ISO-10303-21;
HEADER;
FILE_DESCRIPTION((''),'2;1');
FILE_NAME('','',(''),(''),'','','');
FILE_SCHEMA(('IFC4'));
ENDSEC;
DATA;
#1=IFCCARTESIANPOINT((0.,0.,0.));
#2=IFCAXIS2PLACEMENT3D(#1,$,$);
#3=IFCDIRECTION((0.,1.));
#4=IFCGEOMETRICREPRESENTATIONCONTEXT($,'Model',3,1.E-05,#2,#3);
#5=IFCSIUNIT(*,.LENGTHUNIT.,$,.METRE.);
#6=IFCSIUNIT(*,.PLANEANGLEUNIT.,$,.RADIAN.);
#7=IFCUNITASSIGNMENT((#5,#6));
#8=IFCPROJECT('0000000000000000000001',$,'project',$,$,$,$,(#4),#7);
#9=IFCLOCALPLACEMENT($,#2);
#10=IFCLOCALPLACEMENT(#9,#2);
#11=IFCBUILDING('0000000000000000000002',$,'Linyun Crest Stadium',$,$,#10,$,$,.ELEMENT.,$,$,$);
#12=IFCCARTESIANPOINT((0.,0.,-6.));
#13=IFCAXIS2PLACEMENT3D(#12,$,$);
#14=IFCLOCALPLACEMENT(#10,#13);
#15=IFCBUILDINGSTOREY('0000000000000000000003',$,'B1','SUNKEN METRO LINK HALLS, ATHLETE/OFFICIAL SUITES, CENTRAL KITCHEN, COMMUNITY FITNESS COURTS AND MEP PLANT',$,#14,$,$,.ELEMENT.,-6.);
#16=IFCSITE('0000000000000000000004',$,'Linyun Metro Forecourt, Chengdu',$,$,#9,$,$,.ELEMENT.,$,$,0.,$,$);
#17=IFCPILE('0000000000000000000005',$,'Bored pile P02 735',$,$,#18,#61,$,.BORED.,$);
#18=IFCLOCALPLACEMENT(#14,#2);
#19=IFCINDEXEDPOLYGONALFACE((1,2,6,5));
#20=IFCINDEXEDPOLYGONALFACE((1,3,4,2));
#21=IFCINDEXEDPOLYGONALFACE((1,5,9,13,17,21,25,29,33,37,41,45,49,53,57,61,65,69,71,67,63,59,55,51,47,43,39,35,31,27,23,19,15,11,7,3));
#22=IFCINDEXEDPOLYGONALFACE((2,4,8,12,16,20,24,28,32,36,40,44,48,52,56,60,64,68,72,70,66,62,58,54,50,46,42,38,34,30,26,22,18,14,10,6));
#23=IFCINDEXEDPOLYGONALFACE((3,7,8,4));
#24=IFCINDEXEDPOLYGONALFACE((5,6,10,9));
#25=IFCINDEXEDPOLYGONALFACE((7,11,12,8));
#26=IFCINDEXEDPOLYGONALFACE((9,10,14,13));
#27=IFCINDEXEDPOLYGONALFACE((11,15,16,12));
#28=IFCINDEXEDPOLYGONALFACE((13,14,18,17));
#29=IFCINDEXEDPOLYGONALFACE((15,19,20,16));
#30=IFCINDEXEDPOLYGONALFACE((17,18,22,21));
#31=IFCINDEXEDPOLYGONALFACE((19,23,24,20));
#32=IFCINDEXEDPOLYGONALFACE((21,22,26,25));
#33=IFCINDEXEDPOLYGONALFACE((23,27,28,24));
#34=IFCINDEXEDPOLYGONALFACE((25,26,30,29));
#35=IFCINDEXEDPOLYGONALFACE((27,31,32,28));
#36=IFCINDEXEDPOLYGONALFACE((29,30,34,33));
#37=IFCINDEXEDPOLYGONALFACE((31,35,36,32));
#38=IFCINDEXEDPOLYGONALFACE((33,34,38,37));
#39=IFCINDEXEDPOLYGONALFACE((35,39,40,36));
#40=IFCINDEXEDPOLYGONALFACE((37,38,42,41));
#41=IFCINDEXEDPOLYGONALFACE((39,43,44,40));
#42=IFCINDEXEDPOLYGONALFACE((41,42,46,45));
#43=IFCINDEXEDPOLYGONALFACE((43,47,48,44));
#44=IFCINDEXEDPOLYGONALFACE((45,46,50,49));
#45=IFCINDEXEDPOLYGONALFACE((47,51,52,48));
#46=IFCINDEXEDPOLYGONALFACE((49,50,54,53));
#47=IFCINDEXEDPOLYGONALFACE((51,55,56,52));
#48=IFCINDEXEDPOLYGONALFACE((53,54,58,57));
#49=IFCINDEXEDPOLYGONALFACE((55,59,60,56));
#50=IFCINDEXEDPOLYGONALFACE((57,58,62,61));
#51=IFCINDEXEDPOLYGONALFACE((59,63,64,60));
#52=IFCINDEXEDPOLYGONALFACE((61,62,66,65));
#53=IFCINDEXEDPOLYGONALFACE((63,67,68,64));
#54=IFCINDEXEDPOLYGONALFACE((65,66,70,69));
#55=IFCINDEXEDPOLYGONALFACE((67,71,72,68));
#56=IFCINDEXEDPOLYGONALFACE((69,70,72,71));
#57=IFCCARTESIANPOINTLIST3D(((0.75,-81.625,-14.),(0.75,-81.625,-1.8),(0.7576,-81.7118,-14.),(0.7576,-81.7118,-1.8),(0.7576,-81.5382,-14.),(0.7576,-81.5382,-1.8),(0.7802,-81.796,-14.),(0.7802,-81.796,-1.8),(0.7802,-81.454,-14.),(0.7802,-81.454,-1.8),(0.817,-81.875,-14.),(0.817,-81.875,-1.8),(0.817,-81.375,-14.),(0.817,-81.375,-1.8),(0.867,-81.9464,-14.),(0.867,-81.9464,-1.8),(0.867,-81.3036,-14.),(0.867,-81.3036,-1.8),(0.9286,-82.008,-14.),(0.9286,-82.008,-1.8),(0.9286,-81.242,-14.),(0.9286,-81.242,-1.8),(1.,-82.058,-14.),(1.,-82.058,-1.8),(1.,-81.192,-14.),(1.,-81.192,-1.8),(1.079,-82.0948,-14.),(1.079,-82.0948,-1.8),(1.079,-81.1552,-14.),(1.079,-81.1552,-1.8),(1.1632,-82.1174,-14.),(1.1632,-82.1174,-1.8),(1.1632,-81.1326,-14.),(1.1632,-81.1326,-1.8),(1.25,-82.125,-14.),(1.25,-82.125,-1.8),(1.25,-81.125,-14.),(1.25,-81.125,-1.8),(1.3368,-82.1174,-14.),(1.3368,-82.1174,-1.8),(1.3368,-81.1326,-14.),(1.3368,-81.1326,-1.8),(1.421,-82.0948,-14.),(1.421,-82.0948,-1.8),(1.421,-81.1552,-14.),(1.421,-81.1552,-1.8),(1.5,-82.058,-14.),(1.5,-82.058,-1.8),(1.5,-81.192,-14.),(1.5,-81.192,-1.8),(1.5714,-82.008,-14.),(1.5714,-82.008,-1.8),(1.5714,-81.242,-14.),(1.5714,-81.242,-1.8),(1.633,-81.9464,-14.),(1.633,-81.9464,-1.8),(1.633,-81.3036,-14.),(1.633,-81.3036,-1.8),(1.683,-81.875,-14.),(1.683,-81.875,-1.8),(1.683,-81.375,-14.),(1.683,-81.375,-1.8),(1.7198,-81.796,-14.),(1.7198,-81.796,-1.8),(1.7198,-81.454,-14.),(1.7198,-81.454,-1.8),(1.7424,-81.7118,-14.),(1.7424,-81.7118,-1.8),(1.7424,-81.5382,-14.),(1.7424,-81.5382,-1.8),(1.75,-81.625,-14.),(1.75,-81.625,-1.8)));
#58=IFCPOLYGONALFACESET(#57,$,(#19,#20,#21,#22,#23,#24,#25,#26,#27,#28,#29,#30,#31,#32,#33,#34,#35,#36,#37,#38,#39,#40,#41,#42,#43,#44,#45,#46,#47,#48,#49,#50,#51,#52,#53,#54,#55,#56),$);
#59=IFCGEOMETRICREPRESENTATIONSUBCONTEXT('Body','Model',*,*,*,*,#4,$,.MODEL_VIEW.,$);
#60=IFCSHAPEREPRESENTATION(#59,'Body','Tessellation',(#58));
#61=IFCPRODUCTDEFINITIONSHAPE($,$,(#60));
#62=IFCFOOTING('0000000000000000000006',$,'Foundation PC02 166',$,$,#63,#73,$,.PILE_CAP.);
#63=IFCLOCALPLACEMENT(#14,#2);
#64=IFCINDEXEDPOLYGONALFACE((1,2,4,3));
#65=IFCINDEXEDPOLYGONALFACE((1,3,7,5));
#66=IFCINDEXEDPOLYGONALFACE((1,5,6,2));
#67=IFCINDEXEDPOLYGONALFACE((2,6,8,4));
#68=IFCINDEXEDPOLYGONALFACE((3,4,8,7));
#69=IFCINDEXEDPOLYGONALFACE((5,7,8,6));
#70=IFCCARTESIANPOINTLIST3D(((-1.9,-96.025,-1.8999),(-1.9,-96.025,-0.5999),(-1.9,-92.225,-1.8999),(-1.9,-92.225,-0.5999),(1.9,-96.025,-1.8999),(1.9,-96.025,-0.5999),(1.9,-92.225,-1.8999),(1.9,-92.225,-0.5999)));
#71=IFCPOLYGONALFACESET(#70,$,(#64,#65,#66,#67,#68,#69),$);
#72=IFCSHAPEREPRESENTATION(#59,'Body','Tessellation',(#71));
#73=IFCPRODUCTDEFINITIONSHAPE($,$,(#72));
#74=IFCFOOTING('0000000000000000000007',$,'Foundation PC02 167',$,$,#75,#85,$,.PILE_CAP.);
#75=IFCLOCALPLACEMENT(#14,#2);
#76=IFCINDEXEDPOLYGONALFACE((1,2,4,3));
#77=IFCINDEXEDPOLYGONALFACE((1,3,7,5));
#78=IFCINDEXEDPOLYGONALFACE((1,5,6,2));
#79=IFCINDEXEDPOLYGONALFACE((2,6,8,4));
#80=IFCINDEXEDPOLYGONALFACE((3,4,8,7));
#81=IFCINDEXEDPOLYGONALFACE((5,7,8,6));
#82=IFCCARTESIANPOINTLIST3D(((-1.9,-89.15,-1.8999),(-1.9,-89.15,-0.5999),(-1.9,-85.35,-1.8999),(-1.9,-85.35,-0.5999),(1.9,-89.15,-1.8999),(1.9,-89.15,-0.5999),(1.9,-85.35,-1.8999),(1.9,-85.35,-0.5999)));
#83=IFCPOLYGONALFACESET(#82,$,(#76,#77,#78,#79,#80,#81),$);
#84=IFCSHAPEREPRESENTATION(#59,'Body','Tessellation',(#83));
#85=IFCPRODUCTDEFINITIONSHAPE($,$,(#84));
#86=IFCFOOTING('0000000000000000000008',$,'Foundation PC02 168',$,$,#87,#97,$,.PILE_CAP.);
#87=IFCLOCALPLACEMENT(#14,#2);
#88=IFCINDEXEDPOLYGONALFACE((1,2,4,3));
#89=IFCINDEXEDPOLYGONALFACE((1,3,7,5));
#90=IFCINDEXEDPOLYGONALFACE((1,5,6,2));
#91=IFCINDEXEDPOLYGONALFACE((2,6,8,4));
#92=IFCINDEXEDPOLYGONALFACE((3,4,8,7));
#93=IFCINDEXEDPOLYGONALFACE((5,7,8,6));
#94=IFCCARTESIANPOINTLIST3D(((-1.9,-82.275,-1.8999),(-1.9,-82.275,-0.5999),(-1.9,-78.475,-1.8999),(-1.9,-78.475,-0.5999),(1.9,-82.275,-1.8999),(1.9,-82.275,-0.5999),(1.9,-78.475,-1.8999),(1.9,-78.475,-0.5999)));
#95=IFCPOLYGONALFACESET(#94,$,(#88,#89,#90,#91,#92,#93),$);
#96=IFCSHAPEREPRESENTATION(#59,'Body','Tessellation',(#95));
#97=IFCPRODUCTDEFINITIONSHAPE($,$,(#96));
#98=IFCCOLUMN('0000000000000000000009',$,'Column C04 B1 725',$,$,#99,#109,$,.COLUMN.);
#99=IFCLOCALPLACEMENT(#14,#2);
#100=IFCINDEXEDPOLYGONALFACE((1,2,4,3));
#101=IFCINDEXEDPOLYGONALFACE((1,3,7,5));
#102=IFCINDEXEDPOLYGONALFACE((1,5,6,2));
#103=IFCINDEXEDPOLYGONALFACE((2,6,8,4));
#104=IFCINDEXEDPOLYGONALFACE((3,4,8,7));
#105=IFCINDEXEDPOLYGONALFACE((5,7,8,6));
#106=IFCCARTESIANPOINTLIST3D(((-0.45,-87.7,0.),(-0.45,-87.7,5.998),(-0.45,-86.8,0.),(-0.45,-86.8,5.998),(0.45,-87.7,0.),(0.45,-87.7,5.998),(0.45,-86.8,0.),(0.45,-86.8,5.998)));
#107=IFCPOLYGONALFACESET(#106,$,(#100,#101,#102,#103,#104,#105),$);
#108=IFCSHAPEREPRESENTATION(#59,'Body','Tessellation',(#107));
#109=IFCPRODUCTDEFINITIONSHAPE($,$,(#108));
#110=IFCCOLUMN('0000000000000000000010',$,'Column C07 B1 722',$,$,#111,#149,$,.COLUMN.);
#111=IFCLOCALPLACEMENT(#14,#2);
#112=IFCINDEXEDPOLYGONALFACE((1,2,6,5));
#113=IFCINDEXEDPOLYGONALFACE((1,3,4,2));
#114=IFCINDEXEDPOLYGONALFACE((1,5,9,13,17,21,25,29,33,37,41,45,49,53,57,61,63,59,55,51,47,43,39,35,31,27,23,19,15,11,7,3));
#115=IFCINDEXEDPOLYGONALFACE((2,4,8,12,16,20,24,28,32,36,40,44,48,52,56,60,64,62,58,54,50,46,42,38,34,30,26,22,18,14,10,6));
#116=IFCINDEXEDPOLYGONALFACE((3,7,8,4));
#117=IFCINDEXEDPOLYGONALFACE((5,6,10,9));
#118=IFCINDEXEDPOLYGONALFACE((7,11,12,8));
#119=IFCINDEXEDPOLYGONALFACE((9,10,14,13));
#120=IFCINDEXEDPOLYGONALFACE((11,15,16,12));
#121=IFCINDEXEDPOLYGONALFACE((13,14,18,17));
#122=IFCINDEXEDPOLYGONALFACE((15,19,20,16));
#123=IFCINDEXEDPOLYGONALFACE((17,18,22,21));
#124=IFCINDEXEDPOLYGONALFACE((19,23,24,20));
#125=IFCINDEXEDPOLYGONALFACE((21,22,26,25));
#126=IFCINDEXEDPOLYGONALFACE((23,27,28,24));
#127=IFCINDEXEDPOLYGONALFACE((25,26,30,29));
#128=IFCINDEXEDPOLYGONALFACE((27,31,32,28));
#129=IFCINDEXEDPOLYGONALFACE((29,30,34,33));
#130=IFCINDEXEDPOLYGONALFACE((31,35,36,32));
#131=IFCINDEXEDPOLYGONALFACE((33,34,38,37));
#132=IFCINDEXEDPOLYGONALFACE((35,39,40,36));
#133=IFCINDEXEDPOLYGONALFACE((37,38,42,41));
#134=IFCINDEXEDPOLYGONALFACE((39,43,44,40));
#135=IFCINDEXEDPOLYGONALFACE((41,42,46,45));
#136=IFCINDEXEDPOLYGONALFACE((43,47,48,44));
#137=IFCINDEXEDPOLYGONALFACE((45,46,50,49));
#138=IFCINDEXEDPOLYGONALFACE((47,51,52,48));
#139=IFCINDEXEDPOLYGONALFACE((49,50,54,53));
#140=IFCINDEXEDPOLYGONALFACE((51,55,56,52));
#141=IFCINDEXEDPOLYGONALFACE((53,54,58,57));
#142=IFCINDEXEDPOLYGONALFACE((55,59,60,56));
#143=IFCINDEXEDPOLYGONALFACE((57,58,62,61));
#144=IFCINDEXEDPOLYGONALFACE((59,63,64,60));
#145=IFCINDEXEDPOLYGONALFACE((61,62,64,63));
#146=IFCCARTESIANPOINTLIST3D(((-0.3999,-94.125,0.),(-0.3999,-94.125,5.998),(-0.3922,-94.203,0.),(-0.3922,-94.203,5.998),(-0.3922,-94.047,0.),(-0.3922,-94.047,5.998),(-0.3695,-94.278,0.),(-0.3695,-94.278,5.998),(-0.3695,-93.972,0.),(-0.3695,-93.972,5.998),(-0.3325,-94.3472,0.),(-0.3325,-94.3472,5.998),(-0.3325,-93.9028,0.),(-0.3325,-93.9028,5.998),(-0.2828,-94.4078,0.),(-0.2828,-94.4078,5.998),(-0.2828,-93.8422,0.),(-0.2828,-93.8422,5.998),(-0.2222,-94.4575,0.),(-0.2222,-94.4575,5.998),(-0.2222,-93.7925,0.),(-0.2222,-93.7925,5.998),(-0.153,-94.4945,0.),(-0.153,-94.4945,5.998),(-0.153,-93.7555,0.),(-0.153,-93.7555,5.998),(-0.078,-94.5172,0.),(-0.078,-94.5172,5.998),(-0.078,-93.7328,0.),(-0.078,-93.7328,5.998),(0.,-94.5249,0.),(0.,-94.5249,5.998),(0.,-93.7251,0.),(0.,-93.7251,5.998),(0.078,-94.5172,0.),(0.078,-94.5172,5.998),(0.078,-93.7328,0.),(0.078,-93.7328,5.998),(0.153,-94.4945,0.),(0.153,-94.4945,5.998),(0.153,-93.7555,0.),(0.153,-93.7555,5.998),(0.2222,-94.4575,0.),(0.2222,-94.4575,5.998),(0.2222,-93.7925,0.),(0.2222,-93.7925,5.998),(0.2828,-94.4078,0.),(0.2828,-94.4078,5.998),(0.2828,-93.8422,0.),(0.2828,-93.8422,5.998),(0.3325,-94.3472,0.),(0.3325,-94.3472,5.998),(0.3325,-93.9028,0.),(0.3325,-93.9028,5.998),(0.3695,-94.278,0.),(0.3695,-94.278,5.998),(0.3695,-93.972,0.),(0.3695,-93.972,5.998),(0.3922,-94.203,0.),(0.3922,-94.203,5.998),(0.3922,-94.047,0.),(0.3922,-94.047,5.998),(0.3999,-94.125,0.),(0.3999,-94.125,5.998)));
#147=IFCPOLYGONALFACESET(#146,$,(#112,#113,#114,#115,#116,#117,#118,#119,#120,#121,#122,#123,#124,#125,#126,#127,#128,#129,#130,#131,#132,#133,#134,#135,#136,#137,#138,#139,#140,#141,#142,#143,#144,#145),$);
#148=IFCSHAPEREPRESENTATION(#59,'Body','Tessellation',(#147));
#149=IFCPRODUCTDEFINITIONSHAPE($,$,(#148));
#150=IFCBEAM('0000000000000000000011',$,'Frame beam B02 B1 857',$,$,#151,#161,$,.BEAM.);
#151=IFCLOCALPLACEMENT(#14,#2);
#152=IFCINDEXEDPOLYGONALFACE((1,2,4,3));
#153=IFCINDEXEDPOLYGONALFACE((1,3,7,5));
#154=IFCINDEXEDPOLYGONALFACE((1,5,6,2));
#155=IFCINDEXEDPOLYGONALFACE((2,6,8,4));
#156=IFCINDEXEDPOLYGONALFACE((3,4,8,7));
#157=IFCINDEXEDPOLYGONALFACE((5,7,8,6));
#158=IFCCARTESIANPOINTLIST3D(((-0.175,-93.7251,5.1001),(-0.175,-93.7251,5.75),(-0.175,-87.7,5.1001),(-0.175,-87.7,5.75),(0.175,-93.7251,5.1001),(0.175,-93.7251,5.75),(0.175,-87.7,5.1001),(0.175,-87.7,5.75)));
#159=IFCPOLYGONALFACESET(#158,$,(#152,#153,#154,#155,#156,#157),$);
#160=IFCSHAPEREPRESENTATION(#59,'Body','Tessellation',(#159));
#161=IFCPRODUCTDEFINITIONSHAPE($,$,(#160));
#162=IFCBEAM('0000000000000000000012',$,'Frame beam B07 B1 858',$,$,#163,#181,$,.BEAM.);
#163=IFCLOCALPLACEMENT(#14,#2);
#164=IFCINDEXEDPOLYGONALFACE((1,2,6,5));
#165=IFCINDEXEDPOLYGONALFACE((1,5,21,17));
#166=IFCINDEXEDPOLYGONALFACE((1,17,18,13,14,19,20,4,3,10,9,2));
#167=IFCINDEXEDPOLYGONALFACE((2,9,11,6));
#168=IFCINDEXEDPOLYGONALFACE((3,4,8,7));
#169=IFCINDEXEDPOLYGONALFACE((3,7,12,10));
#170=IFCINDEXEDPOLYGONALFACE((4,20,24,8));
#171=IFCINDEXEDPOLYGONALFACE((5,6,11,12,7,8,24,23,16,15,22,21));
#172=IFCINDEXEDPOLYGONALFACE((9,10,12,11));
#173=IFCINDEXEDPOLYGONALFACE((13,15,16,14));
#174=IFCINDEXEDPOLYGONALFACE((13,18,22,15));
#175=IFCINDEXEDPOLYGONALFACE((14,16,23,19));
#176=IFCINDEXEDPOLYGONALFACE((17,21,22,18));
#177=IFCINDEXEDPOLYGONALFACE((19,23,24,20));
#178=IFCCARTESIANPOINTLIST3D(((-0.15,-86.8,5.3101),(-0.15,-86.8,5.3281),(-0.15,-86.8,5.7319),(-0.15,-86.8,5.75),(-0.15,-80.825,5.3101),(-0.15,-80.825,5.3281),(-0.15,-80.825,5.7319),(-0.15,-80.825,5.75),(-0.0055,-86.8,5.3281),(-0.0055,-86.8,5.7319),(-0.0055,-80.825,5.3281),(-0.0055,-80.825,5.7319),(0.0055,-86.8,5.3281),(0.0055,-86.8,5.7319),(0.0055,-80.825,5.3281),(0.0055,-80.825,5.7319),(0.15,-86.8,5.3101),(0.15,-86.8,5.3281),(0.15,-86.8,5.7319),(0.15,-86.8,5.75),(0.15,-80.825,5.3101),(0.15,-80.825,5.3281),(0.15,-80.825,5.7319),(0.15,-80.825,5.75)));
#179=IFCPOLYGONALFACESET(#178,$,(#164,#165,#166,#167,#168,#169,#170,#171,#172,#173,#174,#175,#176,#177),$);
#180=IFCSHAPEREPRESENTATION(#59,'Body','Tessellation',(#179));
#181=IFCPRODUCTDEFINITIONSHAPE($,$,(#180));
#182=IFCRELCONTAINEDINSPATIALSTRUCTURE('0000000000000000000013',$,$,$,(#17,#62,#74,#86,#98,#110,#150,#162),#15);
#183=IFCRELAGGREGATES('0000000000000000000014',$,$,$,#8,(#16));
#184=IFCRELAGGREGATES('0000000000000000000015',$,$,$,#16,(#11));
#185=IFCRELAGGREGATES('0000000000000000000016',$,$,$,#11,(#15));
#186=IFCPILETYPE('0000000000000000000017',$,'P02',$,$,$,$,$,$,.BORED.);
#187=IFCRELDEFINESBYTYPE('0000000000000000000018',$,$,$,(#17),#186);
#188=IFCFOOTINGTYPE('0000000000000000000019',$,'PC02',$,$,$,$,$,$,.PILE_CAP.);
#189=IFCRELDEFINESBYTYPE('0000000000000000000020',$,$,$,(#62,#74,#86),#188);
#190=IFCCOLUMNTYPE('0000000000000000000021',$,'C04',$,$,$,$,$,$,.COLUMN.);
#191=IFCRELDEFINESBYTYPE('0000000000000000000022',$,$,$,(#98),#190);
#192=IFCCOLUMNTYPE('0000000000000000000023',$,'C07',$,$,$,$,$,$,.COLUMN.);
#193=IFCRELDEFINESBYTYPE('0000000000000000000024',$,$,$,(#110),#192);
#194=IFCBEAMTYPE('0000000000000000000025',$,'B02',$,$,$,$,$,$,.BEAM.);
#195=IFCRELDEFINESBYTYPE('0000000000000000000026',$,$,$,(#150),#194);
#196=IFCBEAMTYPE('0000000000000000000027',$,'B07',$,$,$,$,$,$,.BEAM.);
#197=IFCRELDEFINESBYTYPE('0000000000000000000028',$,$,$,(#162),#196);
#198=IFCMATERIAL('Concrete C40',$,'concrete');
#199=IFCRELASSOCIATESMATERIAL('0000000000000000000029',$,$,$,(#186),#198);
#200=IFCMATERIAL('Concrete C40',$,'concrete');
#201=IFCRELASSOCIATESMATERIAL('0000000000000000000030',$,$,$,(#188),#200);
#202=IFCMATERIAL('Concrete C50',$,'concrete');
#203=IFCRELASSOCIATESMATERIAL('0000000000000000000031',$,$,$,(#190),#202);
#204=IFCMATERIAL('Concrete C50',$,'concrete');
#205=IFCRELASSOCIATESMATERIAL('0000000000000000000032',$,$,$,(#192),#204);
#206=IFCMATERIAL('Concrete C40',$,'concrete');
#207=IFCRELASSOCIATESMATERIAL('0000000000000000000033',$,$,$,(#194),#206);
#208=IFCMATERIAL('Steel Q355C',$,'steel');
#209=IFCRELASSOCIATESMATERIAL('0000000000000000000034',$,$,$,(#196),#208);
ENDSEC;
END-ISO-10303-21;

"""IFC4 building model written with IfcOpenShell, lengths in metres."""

from ifc_helpers import new_model, si_unit, direction, frame, origin, origin_2d, place, context, subcontext, project, spatial, rectangle, circle, i_section, extrude, material, material_profile, profile_set, type_object, element, save


model = new_model("IFC4")

# Units and contexts
model_context = context("Model", 3, precision=1e-05, world=origin(), true_north=direction((0.0, 1.0)))
body_context = subcontext(model_context, "Body", "Model", "MODEL_VIEW")
ifc_project = project(units=[si_unit("LENGTHUNIT", "METRE"), si_unit("PLANEANGLEUNIT", "RADIAN")], contexts=[model_context])

# Site, building, storey
site_placement = place(None, origin())
site = spatial("IfcSite", under=ifc_project, at=site_placement, Name="Linyun Metro Forecourt, Chengdu", CompositionType="ELEMENT", RefElevation=0.0)
building_placement = place(site_placement, origin())
building = spatial("IfcBuilding", under=site, at=building_placement, Name="Linyun Crest Stadium", CompositionType="ELEMENT")
storey_placement = place(building_placement, frame((0.0, 0.0, -6.0)))
storey = spatial("IfcBuildingStorey", under=building, at=storey_placement, Name="B1", Description="SUNKEN METRO LINK HALLS, ATHLETE/OFFICIAL SUITES, CENTRAL KITCHEN, COMMUNITY FITNESS COURTS AND MEP PLANT", CompositionType="ELEMENT", Elevation=-6.0)

# Pile
ifc_material_1 = material(Name="Concrete C40", Category="concrete")
ifc_material_profile_1 = material_profile(ifc_material_1, circle(Radius=0.5, at=origin_2d()), Name="BORED PILE 1000")
ifc_profile_set_1 = profile_set([ifc_material_profile_1], Name="Concrete C40")
pile_type = type_object("IfcPileType", Name="P02", PredefinedType="BORED", material=ifc_profile_set_1)
for number, where, z_axis, x_axis, name in (
    (1, (1.25, -81.625, -1.8), (0.0, 0.0, -1.0), (1.0, 0.0, 0.0), "Bored pile P02 735"),
):
    element("IfcPile", number, at=place(storey_placement, frame(where, z_axis=z_axis, x_axis=x_axis)), inside=storey, type_object=pile_type, Name=name, PredefinedType="BORED", context=body_context, shape_type="SweptSolid", body=[
        extrude(circle(Radius=0.5, at=origin_2d()), origin(), (0.0, 0.0, 1.0), 12.2),
    ])

# Footings
ifc_material_2 = material(Name="Concrete C40", Category="concrete")
footing_type = type_object("IfcFootingType", Name="PC02", PredefinedType="PILE_CAP", material=ifc_material_2)
for number, where, z_axis, x_axis, name in (
    (2, (0.0, -94.125, -1.8999), (0.0, 0.0, 1.0), (1.0, 0.0, 0.0), "Foundation PC02 166"),
    (3, (0.0, -87.25, -1.8999), (0.0, 0.0, 1.0), (1.0, 0.0, 0.0), "Foundation PC02 167"),
    (4, (0.0, -80.375, -1.8999), (0.0, 0.0, 1.0), (1.0, 0.0, 0.0), "Foundation PC02 168"),
):
    element("IfcFooting", number, at=place(storey_placement, frame(where, z_axis=z_axis, x_axis=x_axis)), inside=storey, type_object=footing_type, Name=name, PredefinedType="PILE_CAP", context=body_context, shape_type="SweptSolid", body=[
        extrude(rectangle(XDim=3.8, YDim=3.8, at=origin_2d()), origin(), (0.0, 0.0, 1.0), 1.3),
    ])

# Columns
ifc_material_3 = material(Name="Concrete C50", Category="concrete")
ifc_material_profile_2 = material_profile(ifc_material_3, rectangle(XDim=0.8999, YDim=0.8999, at=origin_2d()), Name="RC 900x900")
ifc_profile_set_2 = profile_set([ifc_material_profile_2], Name="Concrete C50")
column_type_1 = type_object("IfcColumnType", Name="C04", PredefinedType="COLUMN", material=ifc_profile_set_2)
column_1_placement = place(storey_placement, frame((0.0, -87.25, 0.0), z_axis=(0.0, 0.0, 1.0), x_axis=(1.0, 0.0, 0.0)))
element("IfcColumn", 5, at=column_1_placement, inside=storey, type_object=column_type_1, Name="Column C04 B1 725", PredefinedType="COLUMN", context=body_context, shape_type="SweptSolid", body=[
    extrude(rectangle(XDim=0.8999, YDim=0.8999, at=origin_2d()), origin(), (0.0, 0.0, 1.0), 5.998),
])
ifc_material_4 = material(Name="Concrete C50", Category="concrete")
ifc_material_profile_3 = material_profile(ifc_material_4, circle(Radius=0.3999, at=origin_2d()), Name="RC D800")
ifc_profile_set_3 = profile_set([ifc_material_profile_3], Name="Concrete C50")
column_type_2 = type_object("IfcColumnType", Name="C07", PredefinedType="COLUMN", material=ifc_profile_set_3)
column_2_placement = place(storey_placement, frame((0.0, -94.125, 0.0), z_axis=(0.0, 0.0, 1.0), x_axis=(1.0, 0.0, 0.0)))
element("IfcColumn", 6, at=column_2_placement, inside=storey, type_object=column_type_2, Name="Column C07 B1 722", PredefinedType="COLUMN", context=body_context, shape_type="SweptSolid", body=[
    extrude(circle(Radius=0.3999, at=origin_2d()), origin(), (0.0, 0.0, 1.0), 5.998),
])

# Beams
ifc_material_5 = material(Name="Concrete C40", Category="concrete")
ifc_material_profile_4 = material_profile(ifc_material_5, rectangle(XDim=0.3501, YDim=0.6499, at=origin_2d()), Name="RCB 650x350")
ifc_profile_set_4 = profile_set([ifc_material_profile_4], Name="Concrete C40")
beam_type_1 = type_object("IfcBeamType", Name="B02", PredefinedType="BEAM", material=ifc_profile_set_4)
beam_1_placement = place(storey_placement, frame((0.0, -93.7251, 5.425), z_axis=(0.0, 1.0, 0.0), x_axis=(-1.0, 0.0, 0.0)))
element("IfcBeam", 7, at=beam_1_placement, inside=storey, type_object=beam_type_1, Name="Frame beam B02 B1 857", PredefinedType="BEAM", context=body_context, shape_type="SweptSolid", body=[
    extrude(rectangle(XDim=0.3501, YDim=0.6499, at=origin_2d()), origin(), (0.0, 0.0, 1.0), 6.0251),
])
ifc_material_6 = material(Name="Steel Q355C", Category="steel")
ifc_material_profile_5 = material_profile(ifc_material_6, i_section(OverallWidth=0.3, OverallDepth=0.4399, WebThickness=0.011, FlangeThickness=0.0181, at=origin_2d()), Name="HM 440x300")
ifc_profile_set_5 = profile_set([ifc_material_profile_5], Name="Steel Q355C")
beam_type_2 = type_object("IfcBeamType", Name="B07", PredefinedType="BEAM", material=ifc_profile_set_5)
beam_2_placement = place(storey_placement, frame((0.0, -86.8, 5.53), z_axis=(0.0, 1.0, 0.0), x_axis=(-1.0, 0.0, 0.0)))
element("IfcBeam", 8, at=beam_2_placement, inside=storey, type_object=beam_type_2, Name="Frame beam B07 B1 858", PredefinedType="BEAM", context=body_context, shape_type="SweptSolid", body=[
    extrude(i_section(OverallWidth=0.3, OverallDepth=0.4399, WebThickness=0.011, FlangeThickness=0.0181, at=origin_2d()), origin(), (0.0, 0.0, 1.0), 5.9751),
])

save(model, "model.ifc")
